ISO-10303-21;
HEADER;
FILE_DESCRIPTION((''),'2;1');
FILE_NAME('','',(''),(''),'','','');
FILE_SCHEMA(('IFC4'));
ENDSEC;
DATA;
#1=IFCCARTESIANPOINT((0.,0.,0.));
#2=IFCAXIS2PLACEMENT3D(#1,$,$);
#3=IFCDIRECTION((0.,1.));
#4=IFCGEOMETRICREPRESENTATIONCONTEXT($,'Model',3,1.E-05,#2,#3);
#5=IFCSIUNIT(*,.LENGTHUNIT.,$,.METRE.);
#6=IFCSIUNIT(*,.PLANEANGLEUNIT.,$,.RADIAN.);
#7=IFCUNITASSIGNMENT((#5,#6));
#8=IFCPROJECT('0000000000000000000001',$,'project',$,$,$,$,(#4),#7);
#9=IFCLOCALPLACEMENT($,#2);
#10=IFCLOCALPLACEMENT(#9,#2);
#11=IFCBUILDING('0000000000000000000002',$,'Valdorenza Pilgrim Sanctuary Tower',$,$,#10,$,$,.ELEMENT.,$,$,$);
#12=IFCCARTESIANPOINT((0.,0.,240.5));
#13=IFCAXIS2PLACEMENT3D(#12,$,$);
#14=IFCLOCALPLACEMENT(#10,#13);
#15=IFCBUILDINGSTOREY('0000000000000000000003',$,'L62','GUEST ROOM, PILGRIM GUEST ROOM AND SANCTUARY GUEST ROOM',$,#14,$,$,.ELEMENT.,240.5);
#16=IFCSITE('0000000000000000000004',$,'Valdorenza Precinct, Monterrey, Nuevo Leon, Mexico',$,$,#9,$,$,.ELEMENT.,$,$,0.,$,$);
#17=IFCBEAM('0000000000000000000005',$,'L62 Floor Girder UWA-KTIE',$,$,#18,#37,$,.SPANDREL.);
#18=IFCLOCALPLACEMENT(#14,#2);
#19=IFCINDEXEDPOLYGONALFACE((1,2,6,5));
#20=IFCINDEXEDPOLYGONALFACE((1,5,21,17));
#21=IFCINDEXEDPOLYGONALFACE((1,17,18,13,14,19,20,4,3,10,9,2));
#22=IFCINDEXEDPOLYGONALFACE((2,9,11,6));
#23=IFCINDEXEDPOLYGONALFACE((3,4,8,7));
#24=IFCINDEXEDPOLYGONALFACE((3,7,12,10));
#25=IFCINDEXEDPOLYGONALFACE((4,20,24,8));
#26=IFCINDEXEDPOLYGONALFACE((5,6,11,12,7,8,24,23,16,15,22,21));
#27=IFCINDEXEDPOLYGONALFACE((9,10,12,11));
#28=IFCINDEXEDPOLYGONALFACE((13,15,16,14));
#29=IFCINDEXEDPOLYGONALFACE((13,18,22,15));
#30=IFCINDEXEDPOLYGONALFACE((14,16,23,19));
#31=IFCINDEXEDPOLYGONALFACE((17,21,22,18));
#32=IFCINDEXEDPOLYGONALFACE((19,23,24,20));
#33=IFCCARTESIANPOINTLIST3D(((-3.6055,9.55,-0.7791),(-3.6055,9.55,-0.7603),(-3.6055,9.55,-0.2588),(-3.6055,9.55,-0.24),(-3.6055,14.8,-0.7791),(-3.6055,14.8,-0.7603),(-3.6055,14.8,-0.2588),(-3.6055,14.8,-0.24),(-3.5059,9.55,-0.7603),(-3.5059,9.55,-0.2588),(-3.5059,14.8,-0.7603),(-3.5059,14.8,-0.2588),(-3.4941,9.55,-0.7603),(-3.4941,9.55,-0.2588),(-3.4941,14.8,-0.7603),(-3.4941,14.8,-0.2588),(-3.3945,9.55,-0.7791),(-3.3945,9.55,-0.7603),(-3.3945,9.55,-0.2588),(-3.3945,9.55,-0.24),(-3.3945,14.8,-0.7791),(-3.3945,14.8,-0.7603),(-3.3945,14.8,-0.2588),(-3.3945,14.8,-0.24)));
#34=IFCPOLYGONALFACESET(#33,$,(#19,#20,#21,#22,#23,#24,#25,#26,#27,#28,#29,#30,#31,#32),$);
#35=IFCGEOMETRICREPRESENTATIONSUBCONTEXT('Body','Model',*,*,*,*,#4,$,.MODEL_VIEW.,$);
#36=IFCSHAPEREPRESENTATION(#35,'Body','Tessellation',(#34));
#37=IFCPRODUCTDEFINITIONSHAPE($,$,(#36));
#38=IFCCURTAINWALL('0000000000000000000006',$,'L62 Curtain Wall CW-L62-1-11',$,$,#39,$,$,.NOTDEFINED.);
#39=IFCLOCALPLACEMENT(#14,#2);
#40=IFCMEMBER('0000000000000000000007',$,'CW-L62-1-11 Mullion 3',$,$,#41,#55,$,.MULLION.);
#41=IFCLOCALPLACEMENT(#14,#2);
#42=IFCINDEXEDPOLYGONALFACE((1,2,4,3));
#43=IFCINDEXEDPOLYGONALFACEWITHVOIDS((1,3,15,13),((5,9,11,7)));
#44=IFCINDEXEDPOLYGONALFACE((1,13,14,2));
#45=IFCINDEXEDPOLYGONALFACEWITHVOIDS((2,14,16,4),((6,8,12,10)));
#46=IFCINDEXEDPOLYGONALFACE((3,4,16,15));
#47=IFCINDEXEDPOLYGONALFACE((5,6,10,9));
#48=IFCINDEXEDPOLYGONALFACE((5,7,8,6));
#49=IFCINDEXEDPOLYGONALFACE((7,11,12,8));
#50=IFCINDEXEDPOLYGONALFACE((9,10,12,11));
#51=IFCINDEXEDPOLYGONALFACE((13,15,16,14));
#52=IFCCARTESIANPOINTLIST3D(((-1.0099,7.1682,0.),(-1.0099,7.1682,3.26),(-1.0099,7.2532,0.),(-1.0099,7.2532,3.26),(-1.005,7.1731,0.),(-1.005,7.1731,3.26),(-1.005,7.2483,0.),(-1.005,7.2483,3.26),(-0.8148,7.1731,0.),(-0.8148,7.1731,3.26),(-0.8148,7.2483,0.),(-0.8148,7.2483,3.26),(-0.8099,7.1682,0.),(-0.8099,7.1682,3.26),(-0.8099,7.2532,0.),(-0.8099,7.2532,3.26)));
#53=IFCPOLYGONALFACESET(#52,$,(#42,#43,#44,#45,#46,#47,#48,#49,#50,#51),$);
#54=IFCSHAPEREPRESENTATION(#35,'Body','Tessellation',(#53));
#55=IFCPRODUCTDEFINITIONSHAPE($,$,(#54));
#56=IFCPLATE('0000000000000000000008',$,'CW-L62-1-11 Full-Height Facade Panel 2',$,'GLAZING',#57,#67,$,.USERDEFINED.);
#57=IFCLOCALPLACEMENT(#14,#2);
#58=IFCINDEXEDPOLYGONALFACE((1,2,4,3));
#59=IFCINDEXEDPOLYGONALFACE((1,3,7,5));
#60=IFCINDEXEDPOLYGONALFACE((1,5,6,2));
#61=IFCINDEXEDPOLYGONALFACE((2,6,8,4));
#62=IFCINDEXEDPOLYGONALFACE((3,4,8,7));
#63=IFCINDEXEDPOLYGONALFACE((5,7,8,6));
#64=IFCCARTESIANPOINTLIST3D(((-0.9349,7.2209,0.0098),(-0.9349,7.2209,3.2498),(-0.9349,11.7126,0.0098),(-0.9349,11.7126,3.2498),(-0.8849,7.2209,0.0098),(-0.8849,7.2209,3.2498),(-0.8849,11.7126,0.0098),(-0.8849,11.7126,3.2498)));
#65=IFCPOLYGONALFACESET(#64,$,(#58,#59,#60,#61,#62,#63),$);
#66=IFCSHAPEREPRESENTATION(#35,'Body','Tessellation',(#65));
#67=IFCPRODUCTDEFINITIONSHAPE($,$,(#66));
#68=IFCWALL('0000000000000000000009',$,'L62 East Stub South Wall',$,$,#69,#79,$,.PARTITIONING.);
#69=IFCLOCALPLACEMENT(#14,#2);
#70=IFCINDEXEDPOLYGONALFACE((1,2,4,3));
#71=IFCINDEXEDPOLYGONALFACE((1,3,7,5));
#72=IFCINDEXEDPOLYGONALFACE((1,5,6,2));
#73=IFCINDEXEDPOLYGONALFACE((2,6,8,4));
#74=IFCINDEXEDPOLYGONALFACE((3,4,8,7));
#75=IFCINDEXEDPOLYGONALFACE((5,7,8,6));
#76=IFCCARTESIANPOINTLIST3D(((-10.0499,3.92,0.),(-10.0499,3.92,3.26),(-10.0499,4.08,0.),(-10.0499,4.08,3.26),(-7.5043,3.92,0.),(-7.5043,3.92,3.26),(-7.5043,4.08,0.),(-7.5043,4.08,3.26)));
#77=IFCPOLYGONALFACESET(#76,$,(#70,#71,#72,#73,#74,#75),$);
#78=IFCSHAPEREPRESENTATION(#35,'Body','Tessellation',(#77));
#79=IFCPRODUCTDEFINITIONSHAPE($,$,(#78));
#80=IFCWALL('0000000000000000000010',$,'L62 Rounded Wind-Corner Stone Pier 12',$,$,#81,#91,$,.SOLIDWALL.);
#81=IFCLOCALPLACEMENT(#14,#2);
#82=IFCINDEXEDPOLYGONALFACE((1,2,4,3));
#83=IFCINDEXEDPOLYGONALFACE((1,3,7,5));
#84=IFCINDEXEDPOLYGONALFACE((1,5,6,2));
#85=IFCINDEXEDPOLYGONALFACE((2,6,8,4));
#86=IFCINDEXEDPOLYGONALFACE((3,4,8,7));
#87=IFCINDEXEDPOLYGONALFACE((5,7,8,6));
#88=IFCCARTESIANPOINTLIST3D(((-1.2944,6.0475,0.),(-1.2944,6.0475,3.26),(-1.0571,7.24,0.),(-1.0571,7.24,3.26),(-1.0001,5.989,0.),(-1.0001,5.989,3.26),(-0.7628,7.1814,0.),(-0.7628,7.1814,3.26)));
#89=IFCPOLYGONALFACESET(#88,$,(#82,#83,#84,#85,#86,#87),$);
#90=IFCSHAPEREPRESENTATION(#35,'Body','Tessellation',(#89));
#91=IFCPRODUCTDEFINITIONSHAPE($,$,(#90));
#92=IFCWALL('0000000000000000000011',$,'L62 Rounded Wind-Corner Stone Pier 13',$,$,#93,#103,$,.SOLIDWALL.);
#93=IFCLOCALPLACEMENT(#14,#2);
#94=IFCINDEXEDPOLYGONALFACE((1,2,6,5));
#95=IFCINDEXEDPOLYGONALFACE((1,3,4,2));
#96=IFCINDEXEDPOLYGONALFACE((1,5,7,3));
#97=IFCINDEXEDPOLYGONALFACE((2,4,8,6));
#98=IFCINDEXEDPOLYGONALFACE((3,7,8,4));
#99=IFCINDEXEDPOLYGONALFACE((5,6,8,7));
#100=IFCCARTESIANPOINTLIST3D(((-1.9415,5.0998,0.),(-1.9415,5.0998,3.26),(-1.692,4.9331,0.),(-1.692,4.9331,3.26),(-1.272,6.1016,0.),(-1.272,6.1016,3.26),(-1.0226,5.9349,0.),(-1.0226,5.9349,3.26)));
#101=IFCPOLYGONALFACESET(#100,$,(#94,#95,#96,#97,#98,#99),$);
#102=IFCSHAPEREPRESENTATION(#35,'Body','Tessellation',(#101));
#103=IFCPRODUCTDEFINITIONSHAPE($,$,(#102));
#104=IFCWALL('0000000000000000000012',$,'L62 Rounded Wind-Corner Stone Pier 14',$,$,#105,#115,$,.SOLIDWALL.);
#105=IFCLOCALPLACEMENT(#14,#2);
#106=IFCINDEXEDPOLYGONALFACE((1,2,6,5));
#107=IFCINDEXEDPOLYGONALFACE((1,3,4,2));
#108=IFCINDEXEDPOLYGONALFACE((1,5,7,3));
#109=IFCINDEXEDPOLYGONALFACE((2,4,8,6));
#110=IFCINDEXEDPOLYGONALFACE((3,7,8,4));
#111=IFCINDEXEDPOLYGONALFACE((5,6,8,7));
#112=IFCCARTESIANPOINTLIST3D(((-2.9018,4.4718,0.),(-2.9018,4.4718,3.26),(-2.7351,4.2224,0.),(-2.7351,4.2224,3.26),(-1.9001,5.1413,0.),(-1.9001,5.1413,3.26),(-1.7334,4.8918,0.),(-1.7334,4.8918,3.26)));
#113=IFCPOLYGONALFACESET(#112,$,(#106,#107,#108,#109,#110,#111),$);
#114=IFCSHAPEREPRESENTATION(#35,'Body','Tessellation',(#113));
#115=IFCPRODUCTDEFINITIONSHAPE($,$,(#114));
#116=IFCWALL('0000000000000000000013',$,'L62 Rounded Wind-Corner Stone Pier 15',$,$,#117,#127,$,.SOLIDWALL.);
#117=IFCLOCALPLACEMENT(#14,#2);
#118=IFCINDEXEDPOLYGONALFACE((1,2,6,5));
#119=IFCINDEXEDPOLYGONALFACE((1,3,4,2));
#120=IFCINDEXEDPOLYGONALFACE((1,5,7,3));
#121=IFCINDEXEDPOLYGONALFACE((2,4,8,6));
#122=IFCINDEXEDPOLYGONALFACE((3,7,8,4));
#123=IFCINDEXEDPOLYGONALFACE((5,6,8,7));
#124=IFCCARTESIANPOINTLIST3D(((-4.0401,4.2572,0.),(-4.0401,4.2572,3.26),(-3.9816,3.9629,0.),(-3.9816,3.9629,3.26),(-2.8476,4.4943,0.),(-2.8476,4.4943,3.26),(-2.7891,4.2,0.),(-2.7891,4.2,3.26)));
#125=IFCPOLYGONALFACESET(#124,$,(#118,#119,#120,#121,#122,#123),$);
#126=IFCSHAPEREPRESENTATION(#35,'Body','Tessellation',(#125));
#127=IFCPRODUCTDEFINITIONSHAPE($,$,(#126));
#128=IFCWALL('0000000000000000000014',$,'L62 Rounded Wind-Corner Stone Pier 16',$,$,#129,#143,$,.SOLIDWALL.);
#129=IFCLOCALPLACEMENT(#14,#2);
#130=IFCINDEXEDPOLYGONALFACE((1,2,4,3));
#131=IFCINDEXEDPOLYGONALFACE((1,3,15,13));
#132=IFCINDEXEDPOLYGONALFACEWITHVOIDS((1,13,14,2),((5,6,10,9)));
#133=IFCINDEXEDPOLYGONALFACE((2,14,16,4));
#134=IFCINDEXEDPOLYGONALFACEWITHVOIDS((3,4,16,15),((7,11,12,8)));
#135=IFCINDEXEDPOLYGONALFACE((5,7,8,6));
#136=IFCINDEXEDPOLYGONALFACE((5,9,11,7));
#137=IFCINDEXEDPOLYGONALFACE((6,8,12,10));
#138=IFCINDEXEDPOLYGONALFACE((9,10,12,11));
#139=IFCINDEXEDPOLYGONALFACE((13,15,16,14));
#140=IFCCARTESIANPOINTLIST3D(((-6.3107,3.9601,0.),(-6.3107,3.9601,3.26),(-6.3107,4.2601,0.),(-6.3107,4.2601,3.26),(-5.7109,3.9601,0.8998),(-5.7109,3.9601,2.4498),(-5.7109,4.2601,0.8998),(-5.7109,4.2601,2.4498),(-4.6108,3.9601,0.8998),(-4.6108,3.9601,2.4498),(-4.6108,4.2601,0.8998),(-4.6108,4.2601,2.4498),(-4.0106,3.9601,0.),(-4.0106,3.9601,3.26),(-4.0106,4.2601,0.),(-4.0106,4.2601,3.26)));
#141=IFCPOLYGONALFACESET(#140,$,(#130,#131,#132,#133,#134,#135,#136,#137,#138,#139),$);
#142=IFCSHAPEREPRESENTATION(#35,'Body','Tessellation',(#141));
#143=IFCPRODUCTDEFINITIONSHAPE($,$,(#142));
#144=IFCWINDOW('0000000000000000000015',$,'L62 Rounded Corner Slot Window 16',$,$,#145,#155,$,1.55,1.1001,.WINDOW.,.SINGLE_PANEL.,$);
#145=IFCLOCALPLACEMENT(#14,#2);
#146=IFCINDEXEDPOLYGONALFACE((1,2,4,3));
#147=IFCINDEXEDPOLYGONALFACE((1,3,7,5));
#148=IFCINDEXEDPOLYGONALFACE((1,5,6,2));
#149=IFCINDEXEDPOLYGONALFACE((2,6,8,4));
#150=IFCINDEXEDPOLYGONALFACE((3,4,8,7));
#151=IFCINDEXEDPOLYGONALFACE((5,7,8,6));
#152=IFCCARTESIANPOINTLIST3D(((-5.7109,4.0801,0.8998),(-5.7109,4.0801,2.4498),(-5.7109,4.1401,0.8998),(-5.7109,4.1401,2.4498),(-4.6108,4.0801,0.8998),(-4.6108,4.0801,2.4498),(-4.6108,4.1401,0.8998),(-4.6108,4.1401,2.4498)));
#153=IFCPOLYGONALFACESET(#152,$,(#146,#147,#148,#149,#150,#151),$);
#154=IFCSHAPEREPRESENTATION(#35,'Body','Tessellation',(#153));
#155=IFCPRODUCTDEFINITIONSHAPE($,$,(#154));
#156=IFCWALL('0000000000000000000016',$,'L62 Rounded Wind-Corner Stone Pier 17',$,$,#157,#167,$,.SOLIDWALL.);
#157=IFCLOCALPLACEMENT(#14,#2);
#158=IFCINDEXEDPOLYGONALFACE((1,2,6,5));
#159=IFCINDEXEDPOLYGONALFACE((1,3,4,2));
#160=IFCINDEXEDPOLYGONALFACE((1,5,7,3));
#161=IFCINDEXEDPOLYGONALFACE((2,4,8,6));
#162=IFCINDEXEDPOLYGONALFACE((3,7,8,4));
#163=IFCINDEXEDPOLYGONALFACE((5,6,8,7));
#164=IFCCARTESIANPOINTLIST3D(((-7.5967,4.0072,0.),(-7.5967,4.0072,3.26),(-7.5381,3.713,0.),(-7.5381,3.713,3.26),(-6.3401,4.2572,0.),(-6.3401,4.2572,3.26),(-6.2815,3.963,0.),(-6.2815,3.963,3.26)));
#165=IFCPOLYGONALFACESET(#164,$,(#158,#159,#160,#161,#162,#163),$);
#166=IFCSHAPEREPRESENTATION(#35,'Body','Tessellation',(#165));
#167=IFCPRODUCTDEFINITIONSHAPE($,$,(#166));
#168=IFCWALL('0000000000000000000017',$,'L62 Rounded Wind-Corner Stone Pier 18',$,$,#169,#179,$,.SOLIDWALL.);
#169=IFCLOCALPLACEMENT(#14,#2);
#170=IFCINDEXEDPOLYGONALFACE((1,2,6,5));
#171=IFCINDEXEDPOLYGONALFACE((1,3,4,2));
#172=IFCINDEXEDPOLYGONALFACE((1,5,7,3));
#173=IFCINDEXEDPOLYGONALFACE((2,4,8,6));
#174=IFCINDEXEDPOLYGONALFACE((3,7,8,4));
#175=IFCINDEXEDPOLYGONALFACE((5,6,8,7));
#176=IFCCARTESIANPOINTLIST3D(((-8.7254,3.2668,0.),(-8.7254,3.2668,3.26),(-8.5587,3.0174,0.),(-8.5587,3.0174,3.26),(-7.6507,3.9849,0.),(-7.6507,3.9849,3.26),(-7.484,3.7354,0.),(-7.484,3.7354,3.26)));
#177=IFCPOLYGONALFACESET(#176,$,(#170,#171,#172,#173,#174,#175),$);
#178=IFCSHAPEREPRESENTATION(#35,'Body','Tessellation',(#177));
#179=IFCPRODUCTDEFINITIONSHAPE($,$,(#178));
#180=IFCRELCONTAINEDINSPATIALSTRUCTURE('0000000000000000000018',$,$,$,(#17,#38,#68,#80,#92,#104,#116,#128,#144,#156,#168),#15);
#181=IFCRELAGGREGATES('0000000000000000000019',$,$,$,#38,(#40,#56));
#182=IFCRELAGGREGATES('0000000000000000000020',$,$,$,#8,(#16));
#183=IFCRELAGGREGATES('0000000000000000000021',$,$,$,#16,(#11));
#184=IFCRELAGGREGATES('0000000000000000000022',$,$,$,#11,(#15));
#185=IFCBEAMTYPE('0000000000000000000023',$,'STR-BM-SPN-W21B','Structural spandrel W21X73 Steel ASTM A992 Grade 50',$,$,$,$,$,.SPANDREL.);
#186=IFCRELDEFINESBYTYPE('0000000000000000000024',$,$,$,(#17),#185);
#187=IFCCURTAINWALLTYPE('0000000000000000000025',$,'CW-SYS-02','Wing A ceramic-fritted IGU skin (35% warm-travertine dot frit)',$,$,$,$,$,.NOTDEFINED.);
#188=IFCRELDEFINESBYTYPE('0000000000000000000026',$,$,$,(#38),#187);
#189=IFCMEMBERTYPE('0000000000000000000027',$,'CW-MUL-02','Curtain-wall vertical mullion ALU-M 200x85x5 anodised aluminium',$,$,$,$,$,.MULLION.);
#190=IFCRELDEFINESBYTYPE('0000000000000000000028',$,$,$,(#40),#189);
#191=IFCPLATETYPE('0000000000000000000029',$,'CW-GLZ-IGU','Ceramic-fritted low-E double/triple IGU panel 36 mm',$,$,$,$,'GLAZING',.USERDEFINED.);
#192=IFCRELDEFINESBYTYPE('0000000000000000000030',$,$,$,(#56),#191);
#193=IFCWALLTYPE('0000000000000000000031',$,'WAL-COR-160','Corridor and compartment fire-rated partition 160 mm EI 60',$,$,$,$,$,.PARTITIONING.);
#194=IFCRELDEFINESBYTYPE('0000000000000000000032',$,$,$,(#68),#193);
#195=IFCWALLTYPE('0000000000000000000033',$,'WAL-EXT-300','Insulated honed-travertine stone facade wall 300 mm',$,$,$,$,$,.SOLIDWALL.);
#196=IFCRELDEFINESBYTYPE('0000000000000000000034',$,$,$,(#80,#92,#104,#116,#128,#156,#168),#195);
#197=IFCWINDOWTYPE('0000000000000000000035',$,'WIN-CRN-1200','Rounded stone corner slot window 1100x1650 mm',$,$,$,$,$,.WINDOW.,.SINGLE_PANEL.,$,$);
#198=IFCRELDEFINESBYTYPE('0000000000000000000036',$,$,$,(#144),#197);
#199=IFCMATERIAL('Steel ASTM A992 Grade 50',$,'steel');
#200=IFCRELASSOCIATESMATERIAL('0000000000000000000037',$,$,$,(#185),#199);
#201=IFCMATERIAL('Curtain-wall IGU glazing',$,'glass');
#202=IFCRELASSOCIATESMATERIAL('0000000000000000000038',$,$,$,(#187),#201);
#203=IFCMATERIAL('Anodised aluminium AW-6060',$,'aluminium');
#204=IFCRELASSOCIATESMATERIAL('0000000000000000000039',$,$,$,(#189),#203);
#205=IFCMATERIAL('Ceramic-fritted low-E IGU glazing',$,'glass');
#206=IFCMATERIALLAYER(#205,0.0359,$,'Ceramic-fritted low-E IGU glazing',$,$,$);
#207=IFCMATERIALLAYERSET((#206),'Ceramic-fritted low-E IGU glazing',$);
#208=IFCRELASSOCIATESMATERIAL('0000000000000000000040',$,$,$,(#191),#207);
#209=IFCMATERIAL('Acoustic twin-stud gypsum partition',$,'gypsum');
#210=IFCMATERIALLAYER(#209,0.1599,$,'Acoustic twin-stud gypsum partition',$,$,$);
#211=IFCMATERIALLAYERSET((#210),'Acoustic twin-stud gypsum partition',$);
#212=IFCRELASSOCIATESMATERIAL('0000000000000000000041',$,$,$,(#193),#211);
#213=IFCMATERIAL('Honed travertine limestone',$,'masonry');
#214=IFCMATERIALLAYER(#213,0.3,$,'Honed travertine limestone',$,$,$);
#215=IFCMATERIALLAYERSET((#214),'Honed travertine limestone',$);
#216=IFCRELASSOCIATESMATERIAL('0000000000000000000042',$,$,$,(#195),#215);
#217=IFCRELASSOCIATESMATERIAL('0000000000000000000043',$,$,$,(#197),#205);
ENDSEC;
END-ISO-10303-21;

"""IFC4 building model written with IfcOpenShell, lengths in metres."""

from ifc_helpers import new_model, si_unit, direction, frame, frame_2d, origin, origin_2d, place, context, subcontext, project, spatial, rectangle, hollow_rectangle, i_section, extrude, source, transform, mapped, material, layer, layer_set, material_profile, profile_set, type_object, element, fill, aggregate, save


model = new_model("IFC4")

# Units and contexts
model_context = context("Model", 3, precision=1e-05, world=origin(), true_north=direction((0.0, 1.0)))
body_context = subcontext(model_context, "Body", "Model", "MODEL_VIEW")
ifc_project = project(units=[si_unit("LENGTHUNIT", "METRE"), si_unit("PLANEANGLEUNIT", "RADIAN")], contexts=[model_context])

# Site, building, storey
site_placement = place(None, origin())
site = spatial("IfcSite", under=ifc_project, at=site_placement, Name="Valdorenza Precinct, Monterrey, Nuevo Leon, Mexico", CompositionType="ELEMENT", RefElevation=0.0)
building_placement = place(site_placement, origin())
building = spatial("IfcBuilding", under=site, at=building_placement, Name="Valdorenza Pilgrim Sanctuary Tower", CompositionType="ELEMENT")
storey_placement = place(building_placement, frame((0.0, 0.0, 240.5)))
storey = spatial("IfcBuildingStorey", under=building, at=storey_placement, Name="L62", Description="GUEST ROOM, PILGRIM GUEST ROOM AND SANCTUARY GUEST ROOM", CompositionType="ELEMENT", Elevation=240.5)

# Beam
ifc_material_1 = material(Name="Steel ASTM A992 Grade 50", Category="steel")
ifc_material_profile_1 = material_profile(ifc_material_1, i_section(OverallWidth=0.2109, OverallDepth=0.5391, WebThickness=0.0117, FlangeThickness=0.0188, at=origin_2d()), Name="W21X73")
ifc_profile_set_1 = profile_set([ifc_material_profile_1], Name="Steel ASTM A992 Grade 50")
beam_type = type_object("IfcBeamType", Name="STR-BM-SPN-W21B", Description="Structural spandrel W21X73 Steel ASTM A992 Grade 50", PredefinedType="SPANDREL", material=ifc_profile_set_1)
shared_shape_1 = source(origin(), body_context, "Body", "SweptSolid", [
    extrude(i_section(OverallWidth=0.2109, OverallDepth=0.5391, WebThickness=0.0117, FlangeThickness=0.0188, at=origin_2d()), origin(), (0.0, 0.0, 1.0), 5.25),
])
beam_placement = place(storey_placement, frame((-3.5, 9.55, -0.5095), z_axis=(0.0, 1.0, 0.0), x_axis=(-1.0, 0.0, 0.0)))
element("IfcBeam", 1, at=beam_placement, inside=storey, type_object=beam_type, Name="L62 Floor Girder UWA-KTIE", PredefinedType="SPANDREL", context=body_context, shape_type="MappedRepresentation", body=[
    mapped(shared_shape_1, transform((0.0, 0.0, 0.0), x_axis=(1.0, 0.0, 0.0), y_axis=(0.0, 1.0, 0.0), z_axis=(0.0, 0.0, 1.0), scale=1.0)),
])

# Curtain wall, member, plate
ifc_material_2 = material(Name="Curtain-wall IGU glazing", Category="glass")
curtain_wall_type = type_object("IfcCurtainWallType", Name="CW-SYS-02", Description="Wing A ceramic-fritted IGU skin (35% warm-travertine dot frit)", PredefinedType="NOTDEFINED", material=ifc_material_2)
curtain_wall_placement = place(storey_placement, origin())
curtain_wall = element("IfcCurtainWall", 2, at=curtain_wall_placement, inside=storey, type_object=curtain_wall_type, Name="L62 Curtain Wall CW-L62-1-11", PredefinedType="NOTDEFINED")
ifc_material_3 = material(Name="Anodised aluminium AW-6060", Category="aluminium")
ifc_material_profile_2 = material_profile(ifc_material_3, hollow_rectangle(XDim=0.085, YDim=0.2, WallThickness=0.0049, at=origin_2d()), Name="ALU-M 200x85x5")
ifc_profile_set_2 = profile_set([ifc_material_profile_2], Name="Anodised aluminium AW-6060")
member_type = type_object("IfcMemberType", Name="CW-MUL-02", Description="Curtain-wall vertical mullion ALU-M 200x85x5 anodised aluminium", PredefinedType="MULLION", material=ifc_profile_set_2)
shared_shape_2 = source(origin(), body_context, "Body", "SweptSolid", [
    extrude(hollow_rectangle(XDim=0.085, YDim=0.2, WallThickness=0.0049, at=origin_2d()), origin(), (0.0, 0.0, 1.0), 3.26),
])
member_placement = place(storey_placement, frame((-0.9099, 7.2107, 0.0), z_axis=(0.0, 0.0, 1.0), x_axis=(0.0, -1.0, 0.0)))
member = element("IfcMember", 3, at=member_placement, type_object=member_type, Name="CW-L62-1-11 Mullion 3", PredefinedType="MULLION", context=body_context, shape_type="MappedRepresentation", body=[
    mapped(shared_shape_2, transform((0.0, 0.0, 0.0), x_axis=(1.0, 0.0, 0.0), y_axis=(0.0, 1.0, 0.0), z_axis=(0.0, 0.0, 1.0), scale=1.0)),
])
ifc_material_4 = material(Name="Ceramic-fritted low-E IGU glazing", Category="glass")
ifc_layer_1 = layer(ifc_material_4, 0.0359, Name="Ceramic-fritted low-E IGU glazing")
ifc_layer_set_1 = layer_set([ifc_layer_1], Name="Ceramic-fritted low-E IGU glazing")
plate_type = type_object("IfcPlateType", Name="CW-GLZ-IGU", Description="Ceramic-fritted low-E double/triple IGU panel 36 mm", ElementType="GLAZING", PredefinedType="USERDEFINED", material=ifc_layer_set_1)
shared_shape_3 = source(origin(), body_context, "Body", "SweptSolid", [
    extrude(rectangle(XDim=4.4917, YDim=0.05, at=origin_2d()), origin(), (0.0, 0.0, 1.0), 3.24),
])
plate_placement = place(storey_placement, frame((-0.9099, 9.4668, 0.0098), z_axis=(0.0, 0.0, 1.0), x_axis=(0.0, -1.0, 0.0)))
plate = element("IfcPlate", 4, at=plate_placement, type_object=plate_type, Name="CW-L62-1-11 Full-Height Facade Panel 2", ObjectType="GLAZING", PredefinedType="USERDEFINED", context=body_context, shape_type="MappedRepresentation", body=[
    mapped(shared_shape_3, transform((0.0, 0.0, 0.0), x_axis=(1.0, 0.0, 0.0), y_axis=(0.0, 1.0, 0.0), z_axis=(0.0, 0.0, 1.0), scale=1.0)),
])
aggregate(curtain_wall, [member, plate])

# Shared definitions
ifc_material_5 = material(Name="Acoustic twin-stud gypsum partition", Category="gypsum")
ifc_layer_2 = layer(ifc_material_5, 0.1599, Name="Acoustic twin-stud gypsum partition")
ifc_layer_set_2 = layer_set([ifc_layer_2], Name="Acoustic twin-stud gypsum partition")
wall_type_1 = type_object("IfcWallType", Name="WAL-COR-160", Description="Corridor and compartment fire-rated partition 160 mm EI 60", PredefinedType="PARTITIONING", material=ifc_layer_set_2)

# Walls
wall_1_placement = place(storey_placement, frame((-10.05, 4.0, 0.0), z_axis=(0.0, 0.0, 1.0), x_axis=(1.0, 0.0, 0.0)))
element("IfcWall", 5, at=wall_1_placement, inside=storey, type_object=wall_type_1, Name="L62 East Stub South Wall", PredefinedType="PARTITIONING", context=body_context, shape_type="SweptSolid", body=[
    extrude(rectangle(XDim=2.5457, YDim=0.1599, at=frame_2d((1.2729, 0.0))), origin(), (0.0, 0.0, 1.0), 3.26),
])
ifc_material_6 = material(Name="Honed travertine limestone", Category="masonry")
ifc_layer_3 = layer(ifc_material_6, 0.3, Name="Honed travertine limestone")
ifc_layer_set_3 = layer_set([ifc_layer_3], Name="Honed travertine limestone")
wall_type_2 = type_object("IfcWallType", Name="WAL-EXT-300", Description="Insulated honed-travertine stone facade wall 300 mm", PredefinedType="SOLIDWALL", material=ifc_layer_set_3)
wall_2_placement = place(storey_placement, frame((-0.9099, 7.2107, 0.0), z_axis=(0.0, 0.0, 1.0), x_axis=(-0.195189, -0.980766, 0.0)))
element("IfcWall", 6, at=wall_2_placement, inside=storey, type_object=wall_type_2, Name="L62 Rounded Wind-Corner Stone Pier 12", PredefinedType="SOLIDWALL", context=body_context, shape_type="SweptSolid", body=[
    extrude(rectangle(XDim=1.2158, YDim=0.3, at=frame_2d((0.6079, 0.0))), origin(), (0.0, 0.0, 1.0), 3.26),
])
for number, where, z_axis, x_axis, name in (
    (7, (-1.1472, 6.0183, 0.0), (0.0, 0.0, 1.0), (-0.555635, -0.831426, 0.0), "L62 Rounded Wind-Corner Stone Pier 13"),
    (8, (-1.8167, 5.0166, 0.0), (0.0, 0.0, 1.0), (-0.831426, -0.555635, 0.0), "L62 Rounded Wind-Corner Stone Pier 14"),
):
    element("IfcWall", number, at=place(storey_placement, frame(where, z_axis=z_axis, x_axis=x_axis)), inside=storey, type_object=wall_type_2, Name=name, PredefinedType="SOLIDWALL", context=body_context, shape_type="SweptSolid", body=[
        extrude(rectangle(XDim=1.2048, YDim=0.3, at=frame_2d((0.6025, 0.0))), origin(), (0.0, 0.0, 1.0), 3.26),
    ])
wall_3_placement = place(storey_placement, frame((-2.8184, 4.3472, 0.0), z_axis=(0.0, 0.0, 1.0), x_axis=(-0.980804, -0.194996, 0.0)))
element("IfcWall", 9, at=wall_3_placement, inside=storey, type_object=wall_type_2, Name="L62 Rounded Wind-Corner Stone Pier 15", PredefinedType="SOLIDWALL", context=body_context, shape_type="SweptSolid", body=[
    extrude(rectangle(XDim=1.2158, YDim=0.3, at=frame_2d((0.6079, 0.0))), origin(), (0.0, 0.0, 1.0), 3.26),
])

# Wall, opening, window
wall_4_placement = place(storey_placement, frame((-4.0107, 4.1101, 0.0), z_axis=(0.0, 0.0, 1.0), x_axis=(-1.0, 0.0, 0.0)))
wall_4 = element("IfcWall", 10, at=wall_4_placement, inside=storey, type_object=wall_type_2, Name="L62 Rounded Wind-Corner Stone Pier 16", PredefinedType="SOLIDWALL", context=body_context, shape_type="SweptSolid", body=[
    extrude(rectangle(XDim=2.3, YDim=0.3, at=frame_2d((1.1499, 0.0))), origin(), (0.0, 0.0, 1.0), 3.26),
])
opening_1_placement = place(wall_4_placement, frame((0.6001, 0.0, 0.8999)))
opening_1 = element("IfcOpeningElement", 11, at=opening_1_placement, cuts=wall_4, PredefinedType="OPENING", context=body_context, shape_type="SweptSolid", body=[
    extrude(rectangle(XDim=1.1001, YDim=1.55, at=frame_2d((0.55, 0.7749))), frame((0.0, 0.165, 0.0), z_axis=(0.0, -1.0, 0.0), x_axis=(1.0, 0.0, 0.0)), (0.0, 0.0, 1.0), 0.3298),
])
window_type = type_object("IfcWindowType", Name="WIN-CRN-1200", Description="Rounded stone corner slot window 1100x1650 mm", PartitioningType="SINGLE_PANEL", PredefinedType="WINDOW", material=ifc_material_4)
window_placement = place(opening_1_placement, origin())
window = element("IfcWindow", 12, at=window_placement, inside=storey, type_object=window_type, Name="L62 Rounded Corner Slot Window 16", OverallHeight=1.55, OverallWidth=1.1001, PartitioningType="SINGLE_PANEL", PredefinedType="WINDOW", context=body_context, shape_type="SweptSolid", body=[
    extrude(rectangle(XDim=1.1001, YDim=1.55, at=frame_2d((0.55, 0.7749))), frame((0.0, 0.03, 0.0), z_axis=(0.0, -1.0, 0.0), x_axis=(1.0, 0.0, 0.0)), (0.0, 0.0, 1.0), 0.0601),
])
fill(opening_1, window)

# Walls
wall_5_placement = place(storey_placement, frame((-6.3108, 4.1101, 0.0), z_axis=(0.0, 0.0, 1.0), x_axis=(-0.980778, -0.195127, 0.0)))
element("IfcWall", 13, at=wall_5_placement, inside=storey, type_object=wall_type_2, Name="L62 Rounded Wind-Corner Stone Pier 17", PredefinedType="SOLIDWALL", context=body_context, shape_type="SweptSolid", body=[
    extrude(rectangle(XDim=1.2812, YDim=0.3, at=frame_2d((0.6406, 0.0))), origin(), (0.0, 0.0, 1.0), 3.26),
])
for number, where, z_axis, x_axis, name in (
    (14, (-7.5674, 3.8601, 0.0), (0.0, 0.0, 1.0), (-0.831498, -0.555528, 0.0), "L62 Rounded Wind-Corner Stone Pier 18"),
):
    element("IfcWall", number, at=place(storey_placement, frame(where, z_axis=z_axis, x_axis=x_axis)), inside=storey, type_object=wall_type_2, Name=name, PredefinedType="SOLIDWALL", context=body_context, shape_type="SweptSolid", body=[
        extrude(rectangle(XDim=1.2925, YDim=0.3, at=frame_2d((0.6462, 0.0))), origin(), (0.0, 0.0, 1.0), 3.26),
    ])

save(model, "model.ifc")
